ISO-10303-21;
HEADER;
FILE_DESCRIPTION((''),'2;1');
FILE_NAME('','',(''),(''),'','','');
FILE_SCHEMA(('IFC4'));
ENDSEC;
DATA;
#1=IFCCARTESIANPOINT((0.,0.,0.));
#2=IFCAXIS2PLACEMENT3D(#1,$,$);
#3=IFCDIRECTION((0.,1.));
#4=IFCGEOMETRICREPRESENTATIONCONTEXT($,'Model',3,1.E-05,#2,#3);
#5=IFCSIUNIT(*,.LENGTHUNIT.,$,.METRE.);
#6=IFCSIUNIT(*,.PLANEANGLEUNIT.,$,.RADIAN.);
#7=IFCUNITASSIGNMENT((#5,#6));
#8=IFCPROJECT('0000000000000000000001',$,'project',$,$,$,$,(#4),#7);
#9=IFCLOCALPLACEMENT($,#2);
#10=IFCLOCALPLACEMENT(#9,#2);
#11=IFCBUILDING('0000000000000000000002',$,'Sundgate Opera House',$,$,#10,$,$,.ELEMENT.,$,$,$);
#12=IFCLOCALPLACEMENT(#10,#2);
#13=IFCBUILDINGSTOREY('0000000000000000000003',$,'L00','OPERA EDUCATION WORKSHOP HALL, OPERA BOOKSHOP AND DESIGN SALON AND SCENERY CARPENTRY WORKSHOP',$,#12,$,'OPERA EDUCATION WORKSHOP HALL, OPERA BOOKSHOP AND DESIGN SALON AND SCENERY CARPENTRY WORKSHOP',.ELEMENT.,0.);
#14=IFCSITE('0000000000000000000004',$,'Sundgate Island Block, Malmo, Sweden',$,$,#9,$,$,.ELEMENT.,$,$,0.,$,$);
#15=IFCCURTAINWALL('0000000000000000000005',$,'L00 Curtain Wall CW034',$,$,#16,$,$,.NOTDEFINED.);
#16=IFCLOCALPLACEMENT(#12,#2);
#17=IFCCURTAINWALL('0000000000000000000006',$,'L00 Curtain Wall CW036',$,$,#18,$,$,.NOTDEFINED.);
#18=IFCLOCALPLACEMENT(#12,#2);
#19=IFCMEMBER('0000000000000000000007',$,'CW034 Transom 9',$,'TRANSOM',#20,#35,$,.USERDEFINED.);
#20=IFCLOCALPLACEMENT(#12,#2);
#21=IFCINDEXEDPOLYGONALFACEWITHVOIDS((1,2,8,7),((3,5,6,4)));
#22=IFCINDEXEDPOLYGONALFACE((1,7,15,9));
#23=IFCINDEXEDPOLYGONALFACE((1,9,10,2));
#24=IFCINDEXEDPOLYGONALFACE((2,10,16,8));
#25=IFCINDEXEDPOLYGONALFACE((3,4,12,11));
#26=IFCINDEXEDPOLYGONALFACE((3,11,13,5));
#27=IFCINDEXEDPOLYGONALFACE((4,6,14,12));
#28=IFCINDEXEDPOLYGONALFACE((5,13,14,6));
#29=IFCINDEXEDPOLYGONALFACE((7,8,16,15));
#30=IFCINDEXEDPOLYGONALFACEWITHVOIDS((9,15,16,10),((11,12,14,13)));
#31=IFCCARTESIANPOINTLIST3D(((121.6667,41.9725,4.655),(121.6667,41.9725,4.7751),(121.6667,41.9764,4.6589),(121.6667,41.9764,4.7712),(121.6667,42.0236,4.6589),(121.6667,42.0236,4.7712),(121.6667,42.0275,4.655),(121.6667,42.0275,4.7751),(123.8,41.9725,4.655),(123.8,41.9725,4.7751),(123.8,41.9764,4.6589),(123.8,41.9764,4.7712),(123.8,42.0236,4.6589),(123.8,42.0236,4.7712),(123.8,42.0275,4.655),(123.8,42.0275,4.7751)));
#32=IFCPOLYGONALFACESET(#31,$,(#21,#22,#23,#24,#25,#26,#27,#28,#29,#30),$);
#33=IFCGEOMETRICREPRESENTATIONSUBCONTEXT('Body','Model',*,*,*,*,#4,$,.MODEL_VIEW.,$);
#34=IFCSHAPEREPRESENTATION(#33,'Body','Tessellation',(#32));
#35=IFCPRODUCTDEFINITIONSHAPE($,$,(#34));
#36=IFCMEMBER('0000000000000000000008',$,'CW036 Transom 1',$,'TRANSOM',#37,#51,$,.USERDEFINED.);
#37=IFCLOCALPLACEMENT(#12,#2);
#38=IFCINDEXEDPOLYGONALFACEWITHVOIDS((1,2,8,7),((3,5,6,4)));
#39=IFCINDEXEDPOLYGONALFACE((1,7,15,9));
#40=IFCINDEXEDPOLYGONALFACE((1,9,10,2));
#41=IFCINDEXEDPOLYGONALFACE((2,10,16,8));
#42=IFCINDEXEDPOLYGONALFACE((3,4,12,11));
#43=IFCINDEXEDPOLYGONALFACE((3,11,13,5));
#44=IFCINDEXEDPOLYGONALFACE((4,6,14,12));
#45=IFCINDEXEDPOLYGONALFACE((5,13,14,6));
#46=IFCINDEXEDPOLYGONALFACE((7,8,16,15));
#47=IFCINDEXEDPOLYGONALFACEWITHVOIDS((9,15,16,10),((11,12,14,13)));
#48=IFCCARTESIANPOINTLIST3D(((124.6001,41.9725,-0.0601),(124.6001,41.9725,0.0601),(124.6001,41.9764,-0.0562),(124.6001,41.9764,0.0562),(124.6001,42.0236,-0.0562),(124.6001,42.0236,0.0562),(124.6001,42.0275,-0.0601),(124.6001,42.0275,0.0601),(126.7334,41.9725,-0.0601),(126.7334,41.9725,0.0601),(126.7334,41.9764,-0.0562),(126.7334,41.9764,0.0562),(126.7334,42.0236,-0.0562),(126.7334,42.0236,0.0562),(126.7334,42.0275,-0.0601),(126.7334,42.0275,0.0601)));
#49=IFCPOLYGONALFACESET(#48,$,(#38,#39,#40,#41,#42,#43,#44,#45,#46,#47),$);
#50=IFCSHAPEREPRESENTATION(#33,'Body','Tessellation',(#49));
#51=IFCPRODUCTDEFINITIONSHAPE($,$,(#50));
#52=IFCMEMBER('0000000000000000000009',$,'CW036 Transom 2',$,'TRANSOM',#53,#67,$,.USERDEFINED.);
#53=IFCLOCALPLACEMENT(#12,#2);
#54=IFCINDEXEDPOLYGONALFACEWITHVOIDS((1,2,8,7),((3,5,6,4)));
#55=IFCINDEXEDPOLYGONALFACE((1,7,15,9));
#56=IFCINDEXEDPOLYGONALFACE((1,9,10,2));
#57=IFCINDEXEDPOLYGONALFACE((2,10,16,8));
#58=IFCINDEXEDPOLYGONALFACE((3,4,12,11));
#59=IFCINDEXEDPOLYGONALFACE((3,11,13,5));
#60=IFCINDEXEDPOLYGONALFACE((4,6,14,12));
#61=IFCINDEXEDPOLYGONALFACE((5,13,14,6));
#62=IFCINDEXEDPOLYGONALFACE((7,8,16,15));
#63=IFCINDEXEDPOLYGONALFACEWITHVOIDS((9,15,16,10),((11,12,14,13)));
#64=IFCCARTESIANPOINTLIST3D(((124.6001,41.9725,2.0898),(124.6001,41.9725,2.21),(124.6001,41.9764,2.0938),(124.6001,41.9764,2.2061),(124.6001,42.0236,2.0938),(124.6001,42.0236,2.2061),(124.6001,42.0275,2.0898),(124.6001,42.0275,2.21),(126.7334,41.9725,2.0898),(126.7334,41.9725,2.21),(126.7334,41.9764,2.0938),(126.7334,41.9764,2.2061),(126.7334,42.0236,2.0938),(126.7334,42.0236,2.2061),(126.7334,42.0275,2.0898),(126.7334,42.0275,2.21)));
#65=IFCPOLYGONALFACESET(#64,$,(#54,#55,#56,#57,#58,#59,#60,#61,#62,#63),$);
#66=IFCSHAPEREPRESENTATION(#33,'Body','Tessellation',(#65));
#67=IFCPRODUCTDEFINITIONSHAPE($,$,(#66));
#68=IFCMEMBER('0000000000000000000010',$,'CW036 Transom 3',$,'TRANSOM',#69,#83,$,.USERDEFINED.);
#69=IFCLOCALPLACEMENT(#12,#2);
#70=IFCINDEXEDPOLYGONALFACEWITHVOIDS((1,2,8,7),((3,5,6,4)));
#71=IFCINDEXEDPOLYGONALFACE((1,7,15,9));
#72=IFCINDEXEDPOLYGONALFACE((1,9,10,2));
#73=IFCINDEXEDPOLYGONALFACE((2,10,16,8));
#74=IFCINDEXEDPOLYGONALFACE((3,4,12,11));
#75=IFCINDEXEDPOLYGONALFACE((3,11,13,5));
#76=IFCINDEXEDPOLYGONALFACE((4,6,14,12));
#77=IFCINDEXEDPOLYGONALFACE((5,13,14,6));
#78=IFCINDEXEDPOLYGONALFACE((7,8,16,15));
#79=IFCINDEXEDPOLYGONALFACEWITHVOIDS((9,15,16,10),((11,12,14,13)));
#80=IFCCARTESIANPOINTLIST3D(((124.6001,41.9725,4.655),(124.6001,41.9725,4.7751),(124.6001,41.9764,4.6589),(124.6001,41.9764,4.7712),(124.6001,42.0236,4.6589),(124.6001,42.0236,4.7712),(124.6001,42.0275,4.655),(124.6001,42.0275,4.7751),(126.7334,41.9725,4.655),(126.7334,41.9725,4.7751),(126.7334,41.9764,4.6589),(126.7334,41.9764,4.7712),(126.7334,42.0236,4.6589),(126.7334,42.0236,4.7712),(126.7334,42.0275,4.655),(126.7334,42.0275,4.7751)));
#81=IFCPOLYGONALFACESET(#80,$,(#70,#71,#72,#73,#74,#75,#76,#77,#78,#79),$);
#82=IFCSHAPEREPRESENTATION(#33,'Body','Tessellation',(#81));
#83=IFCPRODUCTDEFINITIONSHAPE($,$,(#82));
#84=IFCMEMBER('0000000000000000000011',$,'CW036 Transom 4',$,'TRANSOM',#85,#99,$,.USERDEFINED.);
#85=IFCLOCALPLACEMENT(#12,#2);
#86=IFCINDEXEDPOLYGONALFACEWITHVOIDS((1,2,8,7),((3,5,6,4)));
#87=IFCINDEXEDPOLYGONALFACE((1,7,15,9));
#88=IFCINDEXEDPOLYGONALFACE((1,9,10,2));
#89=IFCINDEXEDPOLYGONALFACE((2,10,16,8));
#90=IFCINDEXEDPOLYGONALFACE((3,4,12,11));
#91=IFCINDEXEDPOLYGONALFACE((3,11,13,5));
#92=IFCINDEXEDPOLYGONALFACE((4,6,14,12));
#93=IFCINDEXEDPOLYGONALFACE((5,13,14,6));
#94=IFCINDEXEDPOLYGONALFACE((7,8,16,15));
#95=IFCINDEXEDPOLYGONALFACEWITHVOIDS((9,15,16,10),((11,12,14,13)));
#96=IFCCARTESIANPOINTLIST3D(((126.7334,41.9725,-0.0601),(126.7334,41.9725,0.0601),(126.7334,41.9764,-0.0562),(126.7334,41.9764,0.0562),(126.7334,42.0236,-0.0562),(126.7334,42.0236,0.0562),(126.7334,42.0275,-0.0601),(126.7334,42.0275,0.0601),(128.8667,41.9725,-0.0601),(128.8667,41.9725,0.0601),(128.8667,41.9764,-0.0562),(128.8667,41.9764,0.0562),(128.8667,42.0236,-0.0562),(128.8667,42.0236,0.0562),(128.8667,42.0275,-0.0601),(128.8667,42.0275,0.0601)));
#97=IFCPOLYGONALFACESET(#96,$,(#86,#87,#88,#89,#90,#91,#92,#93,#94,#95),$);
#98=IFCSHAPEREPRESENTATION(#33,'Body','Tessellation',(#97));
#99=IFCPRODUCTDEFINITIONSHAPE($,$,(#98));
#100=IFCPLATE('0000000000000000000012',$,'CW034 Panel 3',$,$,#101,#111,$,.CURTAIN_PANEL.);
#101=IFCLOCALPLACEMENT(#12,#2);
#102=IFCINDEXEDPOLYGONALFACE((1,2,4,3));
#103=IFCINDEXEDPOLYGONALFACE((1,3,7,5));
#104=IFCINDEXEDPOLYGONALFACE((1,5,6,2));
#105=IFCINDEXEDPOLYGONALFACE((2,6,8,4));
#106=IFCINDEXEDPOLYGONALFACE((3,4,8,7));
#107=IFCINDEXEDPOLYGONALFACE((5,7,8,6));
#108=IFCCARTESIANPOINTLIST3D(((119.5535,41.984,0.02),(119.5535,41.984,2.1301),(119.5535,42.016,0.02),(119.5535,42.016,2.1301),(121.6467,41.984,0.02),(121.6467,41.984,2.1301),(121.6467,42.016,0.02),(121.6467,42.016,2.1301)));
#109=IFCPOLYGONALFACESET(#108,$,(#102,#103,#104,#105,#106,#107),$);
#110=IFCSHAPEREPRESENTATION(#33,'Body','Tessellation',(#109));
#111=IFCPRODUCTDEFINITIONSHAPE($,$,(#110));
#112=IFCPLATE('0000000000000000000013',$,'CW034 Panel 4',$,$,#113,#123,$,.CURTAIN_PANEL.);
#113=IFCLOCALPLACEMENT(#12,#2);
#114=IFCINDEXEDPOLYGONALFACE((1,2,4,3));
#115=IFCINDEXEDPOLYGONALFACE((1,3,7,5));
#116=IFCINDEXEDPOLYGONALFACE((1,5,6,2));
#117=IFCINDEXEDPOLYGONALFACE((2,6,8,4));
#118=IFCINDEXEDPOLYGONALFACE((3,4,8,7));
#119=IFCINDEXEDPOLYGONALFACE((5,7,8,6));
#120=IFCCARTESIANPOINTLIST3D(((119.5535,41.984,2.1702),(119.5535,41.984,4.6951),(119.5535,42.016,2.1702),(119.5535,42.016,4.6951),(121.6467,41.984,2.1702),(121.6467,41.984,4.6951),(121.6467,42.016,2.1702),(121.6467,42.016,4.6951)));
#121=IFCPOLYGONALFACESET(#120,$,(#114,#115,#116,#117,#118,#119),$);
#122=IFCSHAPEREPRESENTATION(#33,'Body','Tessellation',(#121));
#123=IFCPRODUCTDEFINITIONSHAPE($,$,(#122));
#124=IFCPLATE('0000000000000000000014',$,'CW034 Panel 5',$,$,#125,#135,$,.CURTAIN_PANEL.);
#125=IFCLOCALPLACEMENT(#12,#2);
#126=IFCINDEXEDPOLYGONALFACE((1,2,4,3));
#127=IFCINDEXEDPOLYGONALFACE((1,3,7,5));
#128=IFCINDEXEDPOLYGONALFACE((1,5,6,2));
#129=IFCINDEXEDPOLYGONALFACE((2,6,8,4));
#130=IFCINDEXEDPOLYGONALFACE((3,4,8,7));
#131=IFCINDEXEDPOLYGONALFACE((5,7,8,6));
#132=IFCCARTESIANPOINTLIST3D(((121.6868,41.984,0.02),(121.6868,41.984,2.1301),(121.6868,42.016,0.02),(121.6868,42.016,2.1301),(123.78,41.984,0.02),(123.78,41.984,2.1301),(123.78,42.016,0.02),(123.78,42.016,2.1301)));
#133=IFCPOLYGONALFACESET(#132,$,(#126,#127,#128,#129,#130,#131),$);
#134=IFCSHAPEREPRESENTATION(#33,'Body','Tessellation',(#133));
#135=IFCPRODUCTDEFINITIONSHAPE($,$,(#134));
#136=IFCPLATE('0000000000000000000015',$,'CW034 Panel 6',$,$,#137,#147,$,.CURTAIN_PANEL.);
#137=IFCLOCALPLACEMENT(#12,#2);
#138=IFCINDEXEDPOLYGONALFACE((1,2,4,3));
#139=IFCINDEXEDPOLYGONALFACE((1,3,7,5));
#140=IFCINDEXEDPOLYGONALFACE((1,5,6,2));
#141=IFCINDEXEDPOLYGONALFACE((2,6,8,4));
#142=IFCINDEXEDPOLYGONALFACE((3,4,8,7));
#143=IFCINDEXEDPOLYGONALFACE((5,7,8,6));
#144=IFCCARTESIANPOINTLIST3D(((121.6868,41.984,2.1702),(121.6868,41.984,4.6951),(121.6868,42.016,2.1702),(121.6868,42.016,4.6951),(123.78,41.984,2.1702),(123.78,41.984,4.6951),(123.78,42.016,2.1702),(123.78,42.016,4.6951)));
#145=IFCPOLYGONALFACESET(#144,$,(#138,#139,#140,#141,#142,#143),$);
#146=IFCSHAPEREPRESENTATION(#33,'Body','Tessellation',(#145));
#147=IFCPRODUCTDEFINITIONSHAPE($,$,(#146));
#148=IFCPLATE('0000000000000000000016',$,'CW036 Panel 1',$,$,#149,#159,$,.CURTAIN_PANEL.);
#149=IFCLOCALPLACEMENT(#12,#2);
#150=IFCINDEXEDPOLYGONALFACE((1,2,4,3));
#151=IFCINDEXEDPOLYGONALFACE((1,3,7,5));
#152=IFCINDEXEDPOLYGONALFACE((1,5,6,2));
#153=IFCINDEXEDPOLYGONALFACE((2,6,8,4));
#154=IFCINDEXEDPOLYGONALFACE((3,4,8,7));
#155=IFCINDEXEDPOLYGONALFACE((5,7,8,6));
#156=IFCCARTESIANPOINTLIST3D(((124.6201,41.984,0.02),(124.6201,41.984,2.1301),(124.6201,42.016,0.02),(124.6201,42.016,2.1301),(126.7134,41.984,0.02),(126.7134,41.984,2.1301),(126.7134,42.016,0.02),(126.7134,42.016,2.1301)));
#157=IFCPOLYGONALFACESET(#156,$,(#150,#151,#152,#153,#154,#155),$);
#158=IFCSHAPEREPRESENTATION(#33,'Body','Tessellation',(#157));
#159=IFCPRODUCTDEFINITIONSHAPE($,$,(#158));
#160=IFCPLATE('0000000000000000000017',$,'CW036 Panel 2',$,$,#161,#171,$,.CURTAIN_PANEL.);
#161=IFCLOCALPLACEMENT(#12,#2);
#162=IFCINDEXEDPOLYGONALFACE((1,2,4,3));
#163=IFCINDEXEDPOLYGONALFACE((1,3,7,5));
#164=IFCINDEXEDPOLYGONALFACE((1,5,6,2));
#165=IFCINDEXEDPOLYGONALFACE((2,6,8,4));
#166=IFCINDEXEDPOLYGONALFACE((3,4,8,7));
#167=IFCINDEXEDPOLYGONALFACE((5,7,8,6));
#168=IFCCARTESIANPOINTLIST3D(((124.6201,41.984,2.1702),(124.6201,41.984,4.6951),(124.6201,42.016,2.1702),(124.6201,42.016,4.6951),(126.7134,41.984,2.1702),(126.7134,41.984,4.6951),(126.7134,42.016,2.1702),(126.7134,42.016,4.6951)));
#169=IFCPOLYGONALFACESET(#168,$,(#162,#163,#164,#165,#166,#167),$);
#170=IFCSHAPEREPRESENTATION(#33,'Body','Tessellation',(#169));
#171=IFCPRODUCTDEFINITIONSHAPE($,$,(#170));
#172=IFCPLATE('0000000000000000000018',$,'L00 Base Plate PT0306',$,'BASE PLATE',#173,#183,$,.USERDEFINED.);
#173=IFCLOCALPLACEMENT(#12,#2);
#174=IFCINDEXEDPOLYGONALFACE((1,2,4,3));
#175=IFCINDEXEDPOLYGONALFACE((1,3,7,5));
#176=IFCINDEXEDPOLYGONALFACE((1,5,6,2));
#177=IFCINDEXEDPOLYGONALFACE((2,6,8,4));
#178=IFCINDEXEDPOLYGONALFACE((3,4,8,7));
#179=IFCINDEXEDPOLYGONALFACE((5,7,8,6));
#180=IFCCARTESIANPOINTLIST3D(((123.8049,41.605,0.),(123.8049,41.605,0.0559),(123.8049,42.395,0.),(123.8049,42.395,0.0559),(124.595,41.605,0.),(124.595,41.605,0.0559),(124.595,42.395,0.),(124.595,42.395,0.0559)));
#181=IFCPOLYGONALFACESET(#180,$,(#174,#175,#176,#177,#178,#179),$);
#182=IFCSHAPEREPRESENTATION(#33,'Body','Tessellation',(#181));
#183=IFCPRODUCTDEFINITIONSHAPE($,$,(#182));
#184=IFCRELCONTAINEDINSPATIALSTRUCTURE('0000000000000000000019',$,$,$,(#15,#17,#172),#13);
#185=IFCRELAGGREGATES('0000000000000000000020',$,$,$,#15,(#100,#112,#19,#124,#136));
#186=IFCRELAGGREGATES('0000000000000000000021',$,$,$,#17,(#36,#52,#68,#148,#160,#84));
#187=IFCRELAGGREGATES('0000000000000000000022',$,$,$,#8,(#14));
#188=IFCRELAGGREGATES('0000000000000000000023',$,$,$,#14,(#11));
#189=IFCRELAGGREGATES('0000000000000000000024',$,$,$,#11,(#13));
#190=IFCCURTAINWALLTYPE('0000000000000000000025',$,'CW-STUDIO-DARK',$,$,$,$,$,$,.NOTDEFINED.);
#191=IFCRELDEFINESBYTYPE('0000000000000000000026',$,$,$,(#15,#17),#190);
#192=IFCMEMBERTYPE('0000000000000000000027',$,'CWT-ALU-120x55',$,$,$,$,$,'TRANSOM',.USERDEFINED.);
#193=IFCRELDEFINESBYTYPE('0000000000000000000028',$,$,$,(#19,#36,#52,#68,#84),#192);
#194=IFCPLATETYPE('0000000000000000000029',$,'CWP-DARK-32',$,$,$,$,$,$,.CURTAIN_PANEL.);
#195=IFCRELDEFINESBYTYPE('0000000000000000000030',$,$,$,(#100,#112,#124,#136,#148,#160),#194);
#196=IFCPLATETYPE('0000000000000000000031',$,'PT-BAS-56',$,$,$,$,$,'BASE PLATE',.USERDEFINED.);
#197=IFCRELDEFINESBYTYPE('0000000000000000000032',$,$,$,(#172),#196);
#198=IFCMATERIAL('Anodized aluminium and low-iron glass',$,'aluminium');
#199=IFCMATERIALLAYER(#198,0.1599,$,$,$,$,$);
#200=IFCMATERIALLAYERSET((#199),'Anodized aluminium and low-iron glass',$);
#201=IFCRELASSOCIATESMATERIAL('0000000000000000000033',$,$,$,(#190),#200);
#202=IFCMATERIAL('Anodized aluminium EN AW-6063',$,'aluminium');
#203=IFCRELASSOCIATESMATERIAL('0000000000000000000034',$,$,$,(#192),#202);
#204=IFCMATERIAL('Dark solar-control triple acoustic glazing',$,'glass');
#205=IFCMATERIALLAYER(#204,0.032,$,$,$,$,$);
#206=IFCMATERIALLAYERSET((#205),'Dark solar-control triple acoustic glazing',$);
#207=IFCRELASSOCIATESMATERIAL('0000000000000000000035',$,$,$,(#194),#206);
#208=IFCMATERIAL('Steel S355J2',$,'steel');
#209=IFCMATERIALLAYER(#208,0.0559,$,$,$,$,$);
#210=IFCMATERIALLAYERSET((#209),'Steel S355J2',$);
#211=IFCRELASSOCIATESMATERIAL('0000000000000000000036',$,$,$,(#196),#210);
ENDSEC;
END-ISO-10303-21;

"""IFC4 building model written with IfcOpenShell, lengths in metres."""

from ifc_helpers import new_model, si_unit, direction, frame, origin, origin_2d, place, context, subcontext, project, spatial, rectangle, hollow_rectangle, extrude, material, layer, layer_set, material_profile, profile_set, type_object, element, aggregate, save


model = new_model("IFC4")

# Units and contexts
model_context = context("Model", 3, precision=1e-05, world=origin(), true_north=direction((0.0, 1.0)))
body_context = subcontext(model_context, "Body", "Model", "MODEL_VIEW")
ifc_project = project(units=[si_unit("LENGTHUNIT", "METRE"), si_unit("PLANEANGLEUNIT", "RADIAN")], contexts=[model_context])

# Site, building, storey
site_placement = place(None, origin())
site = spatial("IfcSite", under=ifc_project, at=site_placement, Name="Sundgate Island Block, Malmo, Sweden", CompositionType="ELEMENT", RefElevation=0.0)
building_placement = place(site_placement, origin())
building = spatial("IfcBuilding", under=site, at=building_placement, Name="Sundgate Opera House", CompositionType="ELEMENT")
storey_placement = place(building_placement, origin())
storey = spatial("IfcBuildingStorey", under=building, at=storey_placement, Name="L00", Description="OPERA EDUCATION WORKSHOP HALL, OPERA BOOKSHOP AND DESIGN SALON AND SCENERY CARPENTRY WORKSHOP", LongName="OPERA EDUCATION WORKSHOP HALL, OPERA BOOKSHOP AND DESIGN SALON AND SCENERY CARPENTRY WORKSHOP", CompositionType="ELEMENT", Elevation=0.0)

# Curtain walls
ifc_material_1 = material(Name="Anodized aluminium and low-iron glass", Category="aluminium")
ifc_layer_1 = layer(ifc_material_1, 0.1599)
ifc_layer_set_1 = layer_set([ifc_layer_1], Name="Anodized aluminium and low-iron glass")
curtain_wall_type = type_object("IfcCurtainWallType", Name="CW-STUDIO-DARK", PredefinedType="NOTDEFINED", material=ifc_layer_set_1)
curtain_wall_1_placement = place(storey_placement, origin())
curtain_wall_1 = element("IfcCurtainWall", 1, at=curtain_wall_1_placement, inside=storey, type_object=curtain_wall_type, Name="L00 Curtain Wall CW034", PredefinedType="NOTDEFINED")
curtain_wall_2_placement = place(storey_placement, origin())
curtain_wall_2 = element("IfcCurtainWall", 2, at=curtain_wall_2_placement, inside=storey, type_object=curtain_wall_type, Name="L00 Curtain Wall CW036", PredefinedType="NOTDEFINED")

# Members
ifc_material_2 = material(Name="Anodized aluminium EN AW-6063", Category="aluminium")
ifc_material_profile_1 = material_profile(ifc_material_2, hollow_rectangle(XDim=0.0549, YDim=0.1201, WallThickness=0.0039, at=origin_2d()), Name="CWT 120x55x4")
ifc_profile_set_1 = profile_set([ifc_material_profile_1], Name="Anodized aluminium EN AW-6063")
member_type_1 = type_object("IfcMemberType", Name="CWT-ALU-120x55", ElementType="TRANSOM", PredefinedType="USERDEFINED", material=ifc_profile_set_1)
member_1_placement = place(storey_placement, frame((121.6667, 42.0, 4.7151), z_axis=(1.0, 0.0, 0.0), x_axis=(0.0, 1.0, 0.0)))
member_1 = element("IfcMember", 3, at=member_1_placement, type_object=member_type_1, Name="CW034 Transom 9", ObjectType="TRANSOM", PredefinedType="USERDEFINED", context=body_context, shape_type="SweptSolid", body=[
    extrude(hollow_rectangle(XDim=0.0549, YDim=0.1201, WallThickness=0.0039, at=origin_2d()), origin(), (0.0, 0.0, 1.0), 2.1333),
])
member_2_placement = place(storey_placement, frame((124.6001, 42.0, 0.0), z_axis=(1.0, 0.0, 0.0), x_axis=(0.0, 1.0, 0.0)))
member_2 = element("IfcMember", 4, at=member_2_placement, type_object=member_type_1, Name="CW036 Transom 1", ObjectType="TRANSOM", PredefinedType="USERDEFINED", context=body_context, shape_type="SweptSolid", body=[
    extrude(hollow_rectangle(XDim=0.0549, YDim=0.1201, WallThickness=0.0039, at=origin_2d()), origin(), (0.0, 0.0, 1.0), 2.1333),
])
member_3_placement = place(storey_placement, frame((124.6001, 42.0, 2.1499), z_axis=(1.0, 0.0, 0.0), x_axis=(0.0, 1.0, 0.0)))
member_3 = element("IfcMember", 5, at=member_3_placement, type_object=member_type_1, Name="CW036 Transom 2", ObjectType="TRANSOM", PredefinedType="USERDEFINED", context=body_context, shape_type="SweptSolid", body=[
    extrude(hollow_rectangle(XDim=0.0549, YDim=0.1201, WallThickness=0.0039, at=origin_2d()), origin(), (0.0, 0.0, 1.0), 2.1333),
])
member_4_placement = place(storey_placement, frame((124.6001, 42.0, 4.7151), z_axis=(1.0, 0.0, 0.0), x_axis=(0.0, 1.0, 0.0)))
member_4 = element("IfcMember", 6, at=member_4_placement, type_object=member_type_1, Name="CW036 Transom 3", ObjectType="TRANSOM", PredefinedType="USERDEFINED", context=body_context, shape_type="SweptSolid", body=[
    extrude(hollow_rectangle(XDim=0.0549, YDim=0.1201, WallThickness=0.0039, at=origin_2d()), origin(), (0.0, 0.0, 1.0), 2.1333),
])
member_5_placement = place(storey_placement, frame((126.7334, 42.0, 0.0), z_axis=(1.0, 0.0, 0.0), x_axis=(0.0, 1.0, 0.0)))
member_5 = element("IfcMember", 7, at=member_5_placement, type_object=member_type_1, Name="CW036 Transom 4", ObjectType="TRANSOM", PredefinedType="USERDEFINED", context=body_context, shape_type="SweptSolid", body=[
    extrude(hollow_rectangle(XDim=0.0549, YDim=0.1201, WallThickness=0.0039, at=origin_2d()), origin(), (0.0, 0.0, 1.0), 2.1333),
])

# Plates
ifc_material_3 = material(Name="Dark solar-control triple acoustic glazing", Category="glass")
ifc_layer_2 = layer(ifc_material_3, 0.032)
ifc_layer_set_2 = layer_set([ifc_layer_2], Name="Dark solar-control triple acoustic glazing")
plate_type_1 = type_object("IfcPlateType", Name="CWP-DARK-32", PredefinedType="CURTAIN_PANEL", material=ifc_layer_set_2)
plate_1_placement = place(storey_placement, frame((120.6001, 42.0, 0.02), z_axis=(0.0, 0.0, 1.0), x_axis=(1.0, 0.0, 0.0)))
plate_1 = element("IfcPlate", 8, at=plate_1_placement, type_object=plate_type_1, Name="CW034 Panel 3", PredefinedType="CURTAIN_PANEL", context=body_context, shape_type="SweptSolid", body=[
    extrude(rectangle(XDim=2.0933, YDim=0.032, at=origin_2d()), origin(), (0.0, 0.0, 1.0), 2.1101),
])
plate_2_placement = place(storey_placement, frame((120.6001, 42.0, 2.1702), z_axis=(0.0, 0.0, 1.0), x_axis=(1.0, 0.0, 0.0)))
plate_2 = element("IfcPlate", 9, at=plate_2_placement, type_object=plate_type_1, Name="CW034 Panel 4", PredefinedType="CURTAIN_PANEL", context=body_context, shape_type="SweptSolid", body=[
    extrude(rectangle(XDim=2.0933, YDim=0.032, at=origin_2d()), origin(), (0.0, 0.0, 1.0), 2.5249),
])
plate_3_placement = place(storey_placement, frame((122.7334, 42.0, 0.02), z_axis=(0.0, 0.0, 1.0), x_axis=(1.0, 0.0, 0.0)))
plate_3 = element("IfcPlate", 10, at=plate_3_placement, type_object=plate_type_1, Name="CW034 Panel 5", PredefinedType="CURTAIN_PANEL", context=body_context, shape_type="SweptSolid", body=[
    extrude(rectangle(XDim=2.0933, YDim=0.032, at=origin_2d()), origin(), (0.0, 0.0, 1.0), 2.1101),
])
plate_4_placement = place(storey_placement, frame((122.7334, 42.0, 2.1702), z_axis=(0.0, 0.0, 1.0), x_axis=(1.0, 0.0, 0.0)))
plate_4 = element("IfcPlate", 11, at=plate_4_placement, type_object=plate_type_1, Name="CW034 Panel 6", PredefinedType="CURTAIN_PANEL", context=body_context, shape_type="SweptSolid", body=[
    extrude(rectangle(XDim=2.0933, YDim=0.032, at=origin_2d()), origin(), (0.0, 0.0, 1.0), 2.5249),
])
aggregate(curtain_wall_1, [plate_1, plate_2, member_1, plate_3, plate_4])
plate_5_placement = place(storey_placement, frame((125.6667, 42.0, 0.02), z_axis=(0.0, 0.0, 1.0), x_axis=(1.0, 0.0, 0.0)))
plate_5 = element("IfcPlate", 12, at=plate_5_placement, type_object=plate_type_1, Name="CW036 Panel 1", PredefinedType="CURTAIN_PANEL", context=body_context, shape_type="SweptSolid", body=[
    extrude(rectangle(XDim=2.0933, YDim=0.032, at=origin_2d()), origin(), (0.0, 0.0, 1.0), 2.1101),
])
plate_6_placement = place(storey_placement, frame((125.6667, 42.0, 2.1702), z_axis=(0.0, 0.0, 1.0), x_axis=(1.0, 0.0, 0.0)))
plate_6 = element("IfcPlate", 13, at=plate_6_placement, type_object=plate_type_1, Name="CW036 Panel 2", PredefinedType="CURTAIN_PANEL", context=body_context, shape_type="SweptSolid", body=[
    extrude(rectangle(XDim=2.0933, YDim=0.032, at=origin_2d()), origin(), (0.0, 0.0, 1.0), 2.5249),
])
aggregate(curtain_wall_2, [member_2, member_3, member_4, plate_5, plate_6, member_5])
ifc_material_4 = material(Name="Steel S355J2", Category="steel")
ifc_layer_3 = layer(ifc_material_4, 0.0559)
ifc_layer_set_3 = layer_set([ifc_layer_3], Name="Steel S355J2")
plate_type_2 = type_object("IfcPlateType", Name="PT-BAS-56", ElementType="BASE PLATE", PredefinedType="USERDEFINED", material=ifc_layer_set_3)
plate_7_placement = place(storey_placement, frame((124.2, 42.0, 0.0), z_axis=(0.0, 0.0, 1.0), x_axis=(1.0, 0.0, 0.0)))
element("IfcPlate", 14, at=plate_7_placement, inside=storey, type_object=plate_type_2, Name="L00 Base Plate PT0306", ObjectType="BASE PLATE", PredefinedType="USERDEFINED", context=body_context, shape_type="SweptSolid", body=[
    extrude(rectangle(XDim=0.79, YDim=0.79, at=origin_2d()), origin(), (0.0, 0.0, 1.0), 0.0559),
])

save(model, "model.ifc")
